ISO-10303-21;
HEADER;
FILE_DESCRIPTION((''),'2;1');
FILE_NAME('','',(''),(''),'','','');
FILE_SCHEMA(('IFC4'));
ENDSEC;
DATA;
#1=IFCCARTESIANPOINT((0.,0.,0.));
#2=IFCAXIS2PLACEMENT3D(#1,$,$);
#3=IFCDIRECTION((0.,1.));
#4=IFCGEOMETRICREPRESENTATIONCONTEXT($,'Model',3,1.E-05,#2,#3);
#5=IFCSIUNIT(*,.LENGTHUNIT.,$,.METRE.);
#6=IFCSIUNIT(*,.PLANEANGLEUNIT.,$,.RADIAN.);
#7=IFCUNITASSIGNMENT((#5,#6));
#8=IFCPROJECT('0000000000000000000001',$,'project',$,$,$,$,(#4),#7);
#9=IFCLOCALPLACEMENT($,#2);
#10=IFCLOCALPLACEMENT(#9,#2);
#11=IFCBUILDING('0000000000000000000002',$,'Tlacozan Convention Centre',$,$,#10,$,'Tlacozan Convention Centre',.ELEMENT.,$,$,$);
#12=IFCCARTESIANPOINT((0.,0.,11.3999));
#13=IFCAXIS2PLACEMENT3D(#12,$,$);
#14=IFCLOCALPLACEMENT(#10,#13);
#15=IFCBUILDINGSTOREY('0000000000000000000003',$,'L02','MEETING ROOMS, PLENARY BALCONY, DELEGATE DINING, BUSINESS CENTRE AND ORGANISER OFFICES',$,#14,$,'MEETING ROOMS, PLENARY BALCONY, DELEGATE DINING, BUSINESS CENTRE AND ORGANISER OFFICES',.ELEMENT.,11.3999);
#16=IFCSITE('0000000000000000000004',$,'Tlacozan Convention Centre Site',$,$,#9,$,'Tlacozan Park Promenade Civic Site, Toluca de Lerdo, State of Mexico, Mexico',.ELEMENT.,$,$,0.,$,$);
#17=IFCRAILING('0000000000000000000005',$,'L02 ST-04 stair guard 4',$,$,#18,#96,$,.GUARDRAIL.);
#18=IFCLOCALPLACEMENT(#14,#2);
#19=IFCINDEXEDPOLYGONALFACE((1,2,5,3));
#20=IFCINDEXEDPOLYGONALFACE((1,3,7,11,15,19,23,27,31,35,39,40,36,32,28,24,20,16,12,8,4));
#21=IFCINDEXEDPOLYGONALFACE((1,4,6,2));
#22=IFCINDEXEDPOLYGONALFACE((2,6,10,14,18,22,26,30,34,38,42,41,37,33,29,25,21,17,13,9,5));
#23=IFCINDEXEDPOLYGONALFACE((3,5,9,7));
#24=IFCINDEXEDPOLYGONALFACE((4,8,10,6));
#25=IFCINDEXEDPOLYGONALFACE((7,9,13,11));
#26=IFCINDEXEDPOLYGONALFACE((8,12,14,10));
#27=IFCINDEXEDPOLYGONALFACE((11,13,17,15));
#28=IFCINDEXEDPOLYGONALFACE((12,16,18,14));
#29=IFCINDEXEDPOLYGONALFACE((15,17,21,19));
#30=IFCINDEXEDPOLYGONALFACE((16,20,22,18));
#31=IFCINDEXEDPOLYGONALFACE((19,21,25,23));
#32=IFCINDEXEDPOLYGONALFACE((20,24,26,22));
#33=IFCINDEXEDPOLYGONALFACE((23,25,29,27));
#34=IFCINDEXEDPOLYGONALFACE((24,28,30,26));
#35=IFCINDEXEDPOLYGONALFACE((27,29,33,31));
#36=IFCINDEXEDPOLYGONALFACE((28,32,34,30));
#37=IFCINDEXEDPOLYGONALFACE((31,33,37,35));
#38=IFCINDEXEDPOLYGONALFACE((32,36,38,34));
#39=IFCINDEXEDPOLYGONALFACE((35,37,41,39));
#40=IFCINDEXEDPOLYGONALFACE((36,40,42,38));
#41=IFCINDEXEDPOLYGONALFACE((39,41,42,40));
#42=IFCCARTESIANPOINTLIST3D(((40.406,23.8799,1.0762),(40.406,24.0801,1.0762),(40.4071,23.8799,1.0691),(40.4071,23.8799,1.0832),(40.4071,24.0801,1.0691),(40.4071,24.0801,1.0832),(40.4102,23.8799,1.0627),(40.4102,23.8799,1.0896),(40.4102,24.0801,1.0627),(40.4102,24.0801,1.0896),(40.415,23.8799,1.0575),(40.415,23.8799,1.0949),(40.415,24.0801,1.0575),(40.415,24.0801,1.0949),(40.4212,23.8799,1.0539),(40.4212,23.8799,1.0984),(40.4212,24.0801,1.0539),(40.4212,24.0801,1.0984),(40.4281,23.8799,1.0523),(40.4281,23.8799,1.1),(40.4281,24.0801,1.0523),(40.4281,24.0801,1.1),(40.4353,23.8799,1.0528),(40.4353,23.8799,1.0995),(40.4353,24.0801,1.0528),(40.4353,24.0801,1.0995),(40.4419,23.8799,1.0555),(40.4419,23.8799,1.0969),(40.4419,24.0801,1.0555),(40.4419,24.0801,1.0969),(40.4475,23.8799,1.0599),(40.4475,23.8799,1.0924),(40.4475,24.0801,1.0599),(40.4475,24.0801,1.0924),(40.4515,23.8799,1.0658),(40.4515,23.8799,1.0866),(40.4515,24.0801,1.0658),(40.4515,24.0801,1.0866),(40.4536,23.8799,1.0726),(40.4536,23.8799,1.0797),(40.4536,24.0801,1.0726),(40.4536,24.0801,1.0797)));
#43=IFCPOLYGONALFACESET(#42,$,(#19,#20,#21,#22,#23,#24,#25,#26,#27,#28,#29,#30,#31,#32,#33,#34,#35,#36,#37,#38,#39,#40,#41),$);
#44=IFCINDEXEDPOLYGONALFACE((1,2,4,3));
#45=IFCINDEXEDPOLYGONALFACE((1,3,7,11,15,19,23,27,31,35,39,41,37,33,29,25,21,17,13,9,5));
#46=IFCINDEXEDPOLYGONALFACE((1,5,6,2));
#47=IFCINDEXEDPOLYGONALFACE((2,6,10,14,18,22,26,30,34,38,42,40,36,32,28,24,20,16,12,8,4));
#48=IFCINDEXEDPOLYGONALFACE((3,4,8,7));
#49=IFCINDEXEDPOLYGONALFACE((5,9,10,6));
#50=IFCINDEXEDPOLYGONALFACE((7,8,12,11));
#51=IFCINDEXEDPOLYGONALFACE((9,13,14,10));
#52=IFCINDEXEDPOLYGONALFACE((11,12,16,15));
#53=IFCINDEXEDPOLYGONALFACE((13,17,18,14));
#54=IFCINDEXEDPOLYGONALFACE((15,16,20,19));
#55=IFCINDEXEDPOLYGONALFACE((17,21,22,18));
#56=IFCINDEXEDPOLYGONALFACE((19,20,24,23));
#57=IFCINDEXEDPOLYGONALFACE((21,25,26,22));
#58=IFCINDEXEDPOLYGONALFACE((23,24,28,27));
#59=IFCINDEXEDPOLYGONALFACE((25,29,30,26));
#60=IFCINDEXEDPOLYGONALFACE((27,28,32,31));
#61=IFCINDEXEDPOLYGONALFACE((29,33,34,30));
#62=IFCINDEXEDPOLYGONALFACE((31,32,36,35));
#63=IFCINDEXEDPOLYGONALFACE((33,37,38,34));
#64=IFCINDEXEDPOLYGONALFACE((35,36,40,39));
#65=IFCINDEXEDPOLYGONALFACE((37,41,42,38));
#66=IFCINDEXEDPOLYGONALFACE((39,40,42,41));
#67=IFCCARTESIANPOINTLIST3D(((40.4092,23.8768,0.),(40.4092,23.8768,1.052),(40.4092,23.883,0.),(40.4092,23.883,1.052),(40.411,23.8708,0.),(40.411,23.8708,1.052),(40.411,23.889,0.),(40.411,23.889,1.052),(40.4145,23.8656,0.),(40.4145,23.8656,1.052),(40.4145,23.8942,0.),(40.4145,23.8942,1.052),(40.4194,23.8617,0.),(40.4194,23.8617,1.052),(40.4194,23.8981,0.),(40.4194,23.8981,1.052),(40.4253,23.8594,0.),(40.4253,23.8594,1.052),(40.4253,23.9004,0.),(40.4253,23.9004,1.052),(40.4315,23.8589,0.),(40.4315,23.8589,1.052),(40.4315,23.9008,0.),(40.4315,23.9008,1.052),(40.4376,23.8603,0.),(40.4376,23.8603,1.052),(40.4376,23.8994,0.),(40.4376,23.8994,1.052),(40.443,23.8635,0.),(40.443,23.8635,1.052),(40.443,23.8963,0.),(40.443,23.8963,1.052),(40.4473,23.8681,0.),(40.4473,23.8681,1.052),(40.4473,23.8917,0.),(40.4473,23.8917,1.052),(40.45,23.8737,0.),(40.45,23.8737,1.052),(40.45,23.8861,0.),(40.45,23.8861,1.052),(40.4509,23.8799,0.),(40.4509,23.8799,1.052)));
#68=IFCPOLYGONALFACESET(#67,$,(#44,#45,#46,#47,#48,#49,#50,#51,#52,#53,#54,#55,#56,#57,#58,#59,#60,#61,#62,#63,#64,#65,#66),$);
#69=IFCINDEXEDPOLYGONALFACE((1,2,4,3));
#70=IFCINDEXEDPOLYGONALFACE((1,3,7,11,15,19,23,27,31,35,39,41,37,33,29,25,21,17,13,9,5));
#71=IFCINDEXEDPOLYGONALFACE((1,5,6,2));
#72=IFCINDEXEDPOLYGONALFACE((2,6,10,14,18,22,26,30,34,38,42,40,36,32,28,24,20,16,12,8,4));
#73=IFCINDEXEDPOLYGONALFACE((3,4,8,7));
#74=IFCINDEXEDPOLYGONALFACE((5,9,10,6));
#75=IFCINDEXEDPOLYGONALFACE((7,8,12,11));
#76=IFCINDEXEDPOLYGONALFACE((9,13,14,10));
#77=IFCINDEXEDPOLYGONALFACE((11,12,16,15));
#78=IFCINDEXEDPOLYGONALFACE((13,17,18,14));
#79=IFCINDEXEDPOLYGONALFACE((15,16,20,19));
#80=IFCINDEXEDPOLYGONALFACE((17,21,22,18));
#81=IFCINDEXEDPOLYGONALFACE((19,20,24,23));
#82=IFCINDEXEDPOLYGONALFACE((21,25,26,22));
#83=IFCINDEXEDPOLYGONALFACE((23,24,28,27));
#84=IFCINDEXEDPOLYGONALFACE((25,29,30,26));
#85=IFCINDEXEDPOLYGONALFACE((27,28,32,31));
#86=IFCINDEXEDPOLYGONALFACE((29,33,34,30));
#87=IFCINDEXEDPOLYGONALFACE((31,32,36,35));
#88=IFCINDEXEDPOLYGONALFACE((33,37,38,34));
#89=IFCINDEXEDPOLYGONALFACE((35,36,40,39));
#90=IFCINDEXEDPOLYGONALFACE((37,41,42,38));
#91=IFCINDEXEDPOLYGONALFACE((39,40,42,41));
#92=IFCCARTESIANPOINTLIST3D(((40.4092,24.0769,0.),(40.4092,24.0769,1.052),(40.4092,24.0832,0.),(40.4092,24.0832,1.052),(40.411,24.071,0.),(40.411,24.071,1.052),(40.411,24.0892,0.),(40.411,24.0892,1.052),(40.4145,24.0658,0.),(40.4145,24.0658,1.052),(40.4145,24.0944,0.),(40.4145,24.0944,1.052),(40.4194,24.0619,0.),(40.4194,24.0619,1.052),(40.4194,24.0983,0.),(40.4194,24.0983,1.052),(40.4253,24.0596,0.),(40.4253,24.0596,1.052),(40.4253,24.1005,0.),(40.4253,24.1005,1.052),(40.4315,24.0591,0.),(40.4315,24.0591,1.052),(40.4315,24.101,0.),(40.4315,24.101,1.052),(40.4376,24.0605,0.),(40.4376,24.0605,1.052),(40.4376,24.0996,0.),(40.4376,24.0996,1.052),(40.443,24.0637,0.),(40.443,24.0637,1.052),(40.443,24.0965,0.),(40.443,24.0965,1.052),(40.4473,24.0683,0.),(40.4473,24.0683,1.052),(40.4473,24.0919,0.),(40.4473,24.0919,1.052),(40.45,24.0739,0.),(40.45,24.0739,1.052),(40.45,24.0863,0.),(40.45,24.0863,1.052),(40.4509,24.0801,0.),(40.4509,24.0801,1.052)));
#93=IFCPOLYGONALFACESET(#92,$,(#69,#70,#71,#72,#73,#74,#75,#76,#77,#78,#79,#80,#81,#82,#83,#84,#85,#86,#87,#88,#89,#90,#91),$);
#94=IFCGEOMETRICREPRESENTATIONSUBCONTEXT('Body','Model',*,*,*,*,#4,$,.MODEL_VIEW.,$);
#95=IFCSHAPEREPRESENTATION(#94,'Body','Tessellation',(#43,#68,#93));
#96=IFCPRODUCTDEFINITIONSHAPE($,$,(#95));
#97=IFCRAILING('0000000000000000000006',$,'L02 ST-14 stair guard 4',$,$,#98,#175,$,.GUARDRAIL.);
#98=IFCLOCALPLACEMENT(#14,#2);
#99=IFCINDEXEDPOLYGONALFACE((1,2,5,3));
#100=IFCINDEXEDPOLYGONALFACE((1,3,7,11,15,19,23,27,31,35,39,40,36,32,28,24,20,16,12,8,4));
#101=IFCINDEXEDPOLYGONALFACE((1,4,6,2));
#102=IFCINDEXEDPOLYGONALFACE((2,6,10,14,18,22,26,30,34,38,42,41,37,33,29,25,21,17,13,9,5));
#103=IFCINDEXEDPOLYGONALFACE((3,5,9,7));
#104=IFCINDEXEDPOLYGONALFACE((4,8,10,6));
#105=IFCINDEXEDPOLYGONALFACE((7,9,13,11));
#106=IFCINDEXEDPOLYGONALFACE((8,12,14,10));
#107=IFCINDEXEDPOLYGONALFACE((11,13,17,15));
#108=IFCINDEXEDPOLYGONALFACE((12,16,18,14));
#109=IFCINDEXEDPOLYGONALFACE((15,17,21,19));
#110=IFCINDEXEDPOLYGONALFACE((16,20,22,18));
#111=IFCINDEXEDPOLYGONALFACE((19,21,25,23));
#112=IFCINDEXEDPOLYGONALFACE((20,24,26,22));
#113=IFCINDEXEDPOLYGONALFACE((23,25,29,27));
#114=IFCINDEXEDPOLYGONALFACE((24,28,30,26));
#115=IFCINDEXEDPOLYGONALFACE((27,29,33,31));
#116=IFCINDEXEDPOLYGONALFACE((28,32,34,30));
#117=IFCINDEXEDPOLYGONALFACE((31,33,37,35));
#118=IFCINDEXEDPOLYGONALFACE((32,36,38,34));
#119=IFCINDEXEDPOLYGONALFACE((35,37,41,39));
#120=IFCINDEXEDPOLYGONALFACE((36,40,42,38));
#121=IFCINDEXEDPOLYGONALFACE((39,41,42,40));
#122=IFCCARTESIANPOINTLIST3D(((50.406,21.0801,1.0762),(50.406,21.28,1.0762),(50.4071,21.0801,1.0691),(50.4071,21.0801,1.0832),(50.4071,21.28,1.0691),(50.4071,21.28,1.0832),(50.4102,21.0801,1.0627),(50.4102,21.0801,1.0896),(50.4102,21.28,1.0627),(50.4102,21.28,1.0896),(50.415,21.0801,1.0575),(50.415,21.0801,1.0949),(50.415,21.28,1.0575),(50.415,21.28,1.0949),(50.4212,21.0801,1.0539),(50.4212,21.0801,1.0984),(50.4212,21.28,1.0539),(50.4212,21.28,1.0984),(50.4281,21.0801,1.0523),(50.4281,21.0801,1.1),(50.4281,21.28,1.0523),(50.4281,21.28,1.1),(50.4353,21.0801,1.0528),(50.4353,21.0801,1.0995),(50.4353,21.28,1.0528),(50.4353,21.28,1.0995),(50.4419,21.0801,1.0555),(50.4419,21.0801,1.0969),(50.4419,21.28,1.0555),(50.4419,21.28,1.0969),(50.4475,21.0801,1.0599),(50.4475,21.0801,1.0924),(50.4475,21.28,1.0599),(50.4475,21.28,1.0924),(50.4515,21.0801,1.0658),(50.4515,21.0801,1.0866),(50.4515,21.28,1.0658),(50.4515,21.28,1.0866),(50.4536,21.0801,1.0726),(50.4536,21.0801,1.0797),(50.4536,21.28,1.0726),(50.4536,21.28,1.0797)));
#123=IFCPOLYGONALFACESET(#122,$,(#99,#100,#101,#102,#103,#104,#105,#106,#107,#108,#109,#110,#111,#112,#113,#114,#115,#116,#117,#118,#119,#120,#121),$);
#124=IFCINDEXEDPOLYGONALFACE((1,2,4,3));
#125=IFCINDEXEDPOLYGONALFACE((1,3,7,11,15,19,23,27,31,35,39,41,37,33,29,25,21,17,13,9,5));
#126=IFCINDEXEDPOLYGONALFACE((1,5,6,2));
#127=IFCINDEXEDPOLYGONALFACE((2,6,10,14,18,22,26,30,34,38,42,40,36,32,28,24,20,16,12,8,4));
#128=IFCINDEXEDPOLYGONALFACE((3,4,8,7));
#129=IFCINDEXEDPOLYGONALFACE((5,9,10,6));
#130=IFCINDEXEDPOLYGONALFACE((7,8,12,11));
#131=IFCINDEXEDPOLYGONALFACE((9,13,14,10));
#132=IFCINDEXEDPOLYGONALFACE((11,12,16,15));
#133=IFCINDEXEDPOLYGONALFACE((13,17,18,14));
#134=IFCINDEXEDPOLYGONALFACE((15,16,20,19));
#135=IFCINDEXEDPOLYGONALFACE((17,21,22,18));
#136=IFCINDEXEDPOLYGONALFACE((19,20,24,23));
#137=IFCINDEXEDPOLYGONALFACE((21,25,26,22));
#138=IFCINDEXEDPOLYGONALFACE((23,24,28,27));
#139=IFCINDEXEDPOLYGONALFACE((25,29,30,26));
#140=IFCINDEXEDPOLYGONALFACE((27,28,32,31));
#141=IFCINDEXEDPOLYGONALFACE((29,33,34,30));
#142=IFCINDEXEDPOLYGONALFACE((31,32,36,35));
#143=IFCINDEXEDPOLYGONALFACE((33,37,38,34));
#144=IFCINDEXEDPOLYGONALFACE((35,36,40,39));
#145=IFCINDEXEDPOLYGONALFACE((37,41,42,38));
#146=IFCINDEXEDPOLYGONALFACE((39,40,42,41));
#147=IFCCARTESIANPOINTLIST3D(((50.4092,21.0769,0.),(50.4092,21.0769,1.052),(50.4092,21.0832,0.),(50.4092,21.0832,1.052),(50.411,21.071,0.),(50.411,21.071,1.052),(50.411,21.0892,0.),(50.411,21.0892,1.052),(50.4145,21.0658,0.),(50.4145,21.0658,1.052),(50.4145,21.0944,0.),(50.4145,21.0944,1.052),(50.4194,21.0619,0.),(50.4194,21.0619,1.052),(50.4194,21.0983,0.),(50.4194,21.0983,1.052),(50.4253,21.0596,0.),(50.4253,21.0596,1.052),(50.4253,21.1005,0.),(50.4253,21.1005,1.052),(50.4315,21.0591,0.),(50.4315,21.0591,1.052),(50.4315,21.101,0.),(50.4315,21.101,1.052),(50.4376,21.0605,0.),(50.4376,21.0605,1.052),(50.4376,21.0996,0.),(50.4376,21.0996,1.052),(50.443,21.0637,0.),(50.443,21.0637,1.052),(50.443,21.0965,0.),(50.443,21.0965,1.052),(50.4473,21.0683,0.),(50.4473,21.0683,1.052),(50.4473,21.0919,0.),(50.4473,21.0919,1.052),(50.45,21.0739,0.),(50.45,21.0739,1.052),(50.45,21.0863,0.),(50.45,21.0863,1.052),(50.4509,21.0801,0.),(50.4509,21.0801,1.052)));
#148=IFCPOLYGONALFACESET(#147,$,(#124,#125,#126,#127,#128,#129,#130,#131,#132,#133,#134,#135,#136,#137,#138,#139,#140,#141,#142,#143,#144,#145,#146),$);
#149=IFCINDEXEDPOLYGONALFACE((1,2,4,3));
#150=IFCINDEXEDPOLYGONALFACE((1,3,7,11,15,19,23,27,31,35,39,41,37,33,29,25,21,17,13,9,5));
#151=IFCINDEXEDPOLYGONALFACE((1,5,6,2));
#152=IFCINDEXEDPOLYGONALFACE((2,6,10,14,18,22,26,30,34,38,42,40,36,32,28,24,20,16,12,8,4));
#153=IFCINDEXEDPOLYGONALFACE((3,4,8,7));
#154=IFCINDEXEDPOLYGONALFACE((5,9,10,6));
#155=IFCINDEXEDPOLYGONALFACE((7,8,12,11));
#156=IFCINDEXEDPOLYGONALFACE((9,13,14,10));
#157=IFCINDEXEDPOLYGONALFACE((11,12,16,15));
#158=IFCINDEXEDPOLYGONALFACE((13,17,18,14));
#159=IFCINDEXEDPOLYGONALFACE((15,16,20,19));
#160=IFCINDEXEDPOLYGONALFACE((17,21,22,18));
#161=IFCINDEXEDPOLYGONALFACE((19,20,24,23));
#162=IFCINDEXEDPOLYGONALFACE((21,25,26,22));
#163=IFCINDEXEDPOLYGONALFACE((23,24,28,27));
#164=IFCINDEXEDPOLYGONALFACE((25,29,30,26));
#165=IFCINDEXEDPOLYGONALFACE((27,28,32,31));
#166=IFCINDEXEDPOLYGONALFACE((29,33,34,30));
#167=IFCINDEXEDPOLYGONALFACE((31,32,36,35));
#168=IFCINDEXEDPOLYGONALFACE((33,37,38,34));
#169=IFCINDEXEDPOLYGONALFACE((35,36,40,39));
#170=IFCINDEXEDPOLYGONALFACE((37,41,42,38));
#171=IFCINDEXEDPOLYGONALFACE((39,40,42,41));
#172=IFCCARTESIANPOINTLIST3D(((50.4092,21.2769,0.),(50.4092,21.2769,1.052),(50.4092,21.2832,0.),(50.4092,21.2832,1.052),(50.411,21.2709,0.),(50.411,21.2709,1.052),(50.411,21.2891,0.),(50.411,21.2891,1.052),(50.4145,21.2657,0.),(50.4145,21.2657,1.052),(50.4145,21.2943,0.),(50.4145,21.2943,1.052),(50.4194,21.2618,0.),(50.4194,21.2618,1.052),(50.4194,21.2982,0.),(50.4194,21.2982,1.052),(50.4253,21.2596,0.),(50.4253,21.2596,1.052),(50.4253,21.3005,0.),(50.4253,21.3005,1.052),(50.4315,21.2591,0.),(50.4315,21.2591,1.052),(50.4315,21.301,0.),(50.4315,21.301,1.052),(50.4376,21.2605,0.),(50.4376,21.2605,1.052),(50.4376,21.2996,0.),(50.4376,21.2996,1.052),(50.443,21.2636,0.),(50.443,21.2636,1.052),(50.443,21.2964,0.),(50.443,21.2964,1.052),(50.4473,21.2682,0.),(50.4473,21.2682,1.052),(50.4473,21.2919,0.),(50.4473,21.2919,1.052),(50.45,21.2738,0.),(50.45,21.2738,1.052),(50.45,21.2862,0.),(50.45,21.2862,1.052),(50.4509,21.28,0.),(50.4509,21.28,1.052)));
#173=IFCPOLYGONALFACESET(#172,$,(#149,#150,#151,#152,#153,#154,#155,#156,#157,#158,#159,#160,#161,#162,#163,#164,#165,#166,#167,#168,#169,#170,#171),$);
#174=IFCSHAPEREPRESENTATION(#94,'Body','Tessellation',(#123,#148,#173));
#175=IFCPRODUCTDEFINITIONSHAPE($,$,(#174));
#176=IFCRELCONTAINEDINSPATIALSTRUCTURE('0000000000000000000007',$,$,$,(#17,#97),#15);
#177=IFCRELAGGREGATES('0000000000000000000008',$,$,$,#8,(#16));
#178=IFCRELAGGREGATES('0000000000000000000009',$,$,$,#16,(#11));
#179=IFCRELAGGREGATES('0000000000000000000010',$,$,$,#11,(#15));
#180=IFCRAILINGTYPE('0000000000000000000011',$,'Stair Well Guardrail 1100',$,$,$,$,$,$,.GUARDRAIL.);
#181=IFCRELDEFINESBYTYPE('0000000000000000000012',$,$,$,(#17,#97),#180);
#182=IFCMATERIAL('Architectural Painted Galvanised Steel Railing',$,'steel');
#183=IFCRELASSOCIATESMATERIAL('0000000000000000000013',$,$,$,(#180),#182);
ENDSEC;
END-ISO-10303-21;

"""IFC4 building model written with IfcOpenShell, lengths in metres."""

from ifc_helpers import new_model, si_unit, direction, frame, origin, origin_2d, place, context, subcontext, project, spatial, circle, extrude, material, type_object, element, save


model = new_model("IFC4")

# Units and contexts
model_context = context("Model", 3, precision=1e-05, world=origin(), true_north=direction((0.0, 1.0)))
body_context = subcontext(model_context, "Body", "Model", "MODEL_VIEW")
ifc_project = project(units=[si_unit("LENGTHUNIT", "METRE"), si_unit("PLANEANGLEUNIT", "RADIAN")], contexts=[model_context])

# Site, building, storey
site_placement = place(None, origin())
site = spatial("IfcSite", under=ifc_project, at=site_placement, Name="Tlacozan Convention Centre Site", LongName="Tlacozan Park Promenade Civic Site, Toluca de Lerdo, State of Mexico, Mexico", CompositionType="ELEMENT", RefElevation=0.0)
building_placement = place(site_placement, origin())
building = spatial("IfcBuilding", under=site, at=building_placement, Name="Tlacozan Convention Centre", LongName="Tlacozan Convention Centre", CompositionType="ELEMENT")
storey_placement = place(building_placement, frame((0.0, 0.0, 11.3999)))
storey = spatial("IfcBuildingStorey", under=building, at=storey_placement, Name="L02", Description="MEETING ROOMS, PLENARY BALCONY, DELEGATE DINING, BUSINESS CENTRE AND ORGANISER OFFICES", LongName="MEETING ROOMS, PLENARY BALCONY, DELEGATE DINING, BUSINESS CENTRE AND ORGANISER OFFICES", CompositionType="ELEMENT", Elevation=11.3999)

# Railings
ifc_material_1 = material(Name="Architectural Painted Galvanised Steel Railing", Category="steel")
railing_type_1 = type_object("IfcRailingType", Name="Stair Well Guardrail 1100", PredefinedType="GUARDRAIL", material=ifc_material_1)
railing_1_placement = place(storey_placement, frame((40.4299, 23.8799, 0.0)))
element("IfcRailing", 1, at=railing_1_placement, inside=storey, type_object=railing_type_1, Name="L02 ST-04 stair guard 4", PredefinedType="GUARDRAIL", context=body_context, shape_type="SweptSolid", body=[
    extrude(circle(Radius=0.0239, at=origin_2d()), frame((0.0, 0.0, 1.0762), z_axis=(0.0, 1.0, 0.0), x_axis=(-1.0, 0.0, 0.0)), (0.0, 0.0, 1.0), 0.2002),
    extrude(circle(Radius=0.021, at=origin_2d()), origin(), (0.0, 0.0, 1.0), 1.052),
    extrude(circle(Radius=0.021, at=origin_2d()), frame((0.0, 0.2002, 0.0)), (0.0, 0.0, 1.0), 1.052),
])
railing_2_placement = place(storey_placement, frame((50.4299, 21.0801, 0.0)))
element("IfcRailing", 2, at=railing_2_placement, inside=storey, type_object=railing_type_1, Name="L02 ST-14 stair guard 4", PredefinedType="GUARDRAIL", context=body_context, shape_type="SweptSolid", body=[
    extrude(circle(Radius=0.0239, at=origin_2d()), frame((0.0, 0.0, 1.0762), z_axis=(0.0, 1.0, 0.0), x_axis=(-1.0, 0.0, 0.0)), (0.0, 0.0, 1.0), 0.2),
    extrude(circle(Radius=0.021, at=origin_2d()), origin(), (0.0, 0.0, 1.0), 1.052),
    extrude(circle(Radius=0.021, at=origin_2d()), frame((0.0, 0.2, 0.0)), (0.0, 0.0, 1.0), 1.052),
])

save(model, "model.ifc")
